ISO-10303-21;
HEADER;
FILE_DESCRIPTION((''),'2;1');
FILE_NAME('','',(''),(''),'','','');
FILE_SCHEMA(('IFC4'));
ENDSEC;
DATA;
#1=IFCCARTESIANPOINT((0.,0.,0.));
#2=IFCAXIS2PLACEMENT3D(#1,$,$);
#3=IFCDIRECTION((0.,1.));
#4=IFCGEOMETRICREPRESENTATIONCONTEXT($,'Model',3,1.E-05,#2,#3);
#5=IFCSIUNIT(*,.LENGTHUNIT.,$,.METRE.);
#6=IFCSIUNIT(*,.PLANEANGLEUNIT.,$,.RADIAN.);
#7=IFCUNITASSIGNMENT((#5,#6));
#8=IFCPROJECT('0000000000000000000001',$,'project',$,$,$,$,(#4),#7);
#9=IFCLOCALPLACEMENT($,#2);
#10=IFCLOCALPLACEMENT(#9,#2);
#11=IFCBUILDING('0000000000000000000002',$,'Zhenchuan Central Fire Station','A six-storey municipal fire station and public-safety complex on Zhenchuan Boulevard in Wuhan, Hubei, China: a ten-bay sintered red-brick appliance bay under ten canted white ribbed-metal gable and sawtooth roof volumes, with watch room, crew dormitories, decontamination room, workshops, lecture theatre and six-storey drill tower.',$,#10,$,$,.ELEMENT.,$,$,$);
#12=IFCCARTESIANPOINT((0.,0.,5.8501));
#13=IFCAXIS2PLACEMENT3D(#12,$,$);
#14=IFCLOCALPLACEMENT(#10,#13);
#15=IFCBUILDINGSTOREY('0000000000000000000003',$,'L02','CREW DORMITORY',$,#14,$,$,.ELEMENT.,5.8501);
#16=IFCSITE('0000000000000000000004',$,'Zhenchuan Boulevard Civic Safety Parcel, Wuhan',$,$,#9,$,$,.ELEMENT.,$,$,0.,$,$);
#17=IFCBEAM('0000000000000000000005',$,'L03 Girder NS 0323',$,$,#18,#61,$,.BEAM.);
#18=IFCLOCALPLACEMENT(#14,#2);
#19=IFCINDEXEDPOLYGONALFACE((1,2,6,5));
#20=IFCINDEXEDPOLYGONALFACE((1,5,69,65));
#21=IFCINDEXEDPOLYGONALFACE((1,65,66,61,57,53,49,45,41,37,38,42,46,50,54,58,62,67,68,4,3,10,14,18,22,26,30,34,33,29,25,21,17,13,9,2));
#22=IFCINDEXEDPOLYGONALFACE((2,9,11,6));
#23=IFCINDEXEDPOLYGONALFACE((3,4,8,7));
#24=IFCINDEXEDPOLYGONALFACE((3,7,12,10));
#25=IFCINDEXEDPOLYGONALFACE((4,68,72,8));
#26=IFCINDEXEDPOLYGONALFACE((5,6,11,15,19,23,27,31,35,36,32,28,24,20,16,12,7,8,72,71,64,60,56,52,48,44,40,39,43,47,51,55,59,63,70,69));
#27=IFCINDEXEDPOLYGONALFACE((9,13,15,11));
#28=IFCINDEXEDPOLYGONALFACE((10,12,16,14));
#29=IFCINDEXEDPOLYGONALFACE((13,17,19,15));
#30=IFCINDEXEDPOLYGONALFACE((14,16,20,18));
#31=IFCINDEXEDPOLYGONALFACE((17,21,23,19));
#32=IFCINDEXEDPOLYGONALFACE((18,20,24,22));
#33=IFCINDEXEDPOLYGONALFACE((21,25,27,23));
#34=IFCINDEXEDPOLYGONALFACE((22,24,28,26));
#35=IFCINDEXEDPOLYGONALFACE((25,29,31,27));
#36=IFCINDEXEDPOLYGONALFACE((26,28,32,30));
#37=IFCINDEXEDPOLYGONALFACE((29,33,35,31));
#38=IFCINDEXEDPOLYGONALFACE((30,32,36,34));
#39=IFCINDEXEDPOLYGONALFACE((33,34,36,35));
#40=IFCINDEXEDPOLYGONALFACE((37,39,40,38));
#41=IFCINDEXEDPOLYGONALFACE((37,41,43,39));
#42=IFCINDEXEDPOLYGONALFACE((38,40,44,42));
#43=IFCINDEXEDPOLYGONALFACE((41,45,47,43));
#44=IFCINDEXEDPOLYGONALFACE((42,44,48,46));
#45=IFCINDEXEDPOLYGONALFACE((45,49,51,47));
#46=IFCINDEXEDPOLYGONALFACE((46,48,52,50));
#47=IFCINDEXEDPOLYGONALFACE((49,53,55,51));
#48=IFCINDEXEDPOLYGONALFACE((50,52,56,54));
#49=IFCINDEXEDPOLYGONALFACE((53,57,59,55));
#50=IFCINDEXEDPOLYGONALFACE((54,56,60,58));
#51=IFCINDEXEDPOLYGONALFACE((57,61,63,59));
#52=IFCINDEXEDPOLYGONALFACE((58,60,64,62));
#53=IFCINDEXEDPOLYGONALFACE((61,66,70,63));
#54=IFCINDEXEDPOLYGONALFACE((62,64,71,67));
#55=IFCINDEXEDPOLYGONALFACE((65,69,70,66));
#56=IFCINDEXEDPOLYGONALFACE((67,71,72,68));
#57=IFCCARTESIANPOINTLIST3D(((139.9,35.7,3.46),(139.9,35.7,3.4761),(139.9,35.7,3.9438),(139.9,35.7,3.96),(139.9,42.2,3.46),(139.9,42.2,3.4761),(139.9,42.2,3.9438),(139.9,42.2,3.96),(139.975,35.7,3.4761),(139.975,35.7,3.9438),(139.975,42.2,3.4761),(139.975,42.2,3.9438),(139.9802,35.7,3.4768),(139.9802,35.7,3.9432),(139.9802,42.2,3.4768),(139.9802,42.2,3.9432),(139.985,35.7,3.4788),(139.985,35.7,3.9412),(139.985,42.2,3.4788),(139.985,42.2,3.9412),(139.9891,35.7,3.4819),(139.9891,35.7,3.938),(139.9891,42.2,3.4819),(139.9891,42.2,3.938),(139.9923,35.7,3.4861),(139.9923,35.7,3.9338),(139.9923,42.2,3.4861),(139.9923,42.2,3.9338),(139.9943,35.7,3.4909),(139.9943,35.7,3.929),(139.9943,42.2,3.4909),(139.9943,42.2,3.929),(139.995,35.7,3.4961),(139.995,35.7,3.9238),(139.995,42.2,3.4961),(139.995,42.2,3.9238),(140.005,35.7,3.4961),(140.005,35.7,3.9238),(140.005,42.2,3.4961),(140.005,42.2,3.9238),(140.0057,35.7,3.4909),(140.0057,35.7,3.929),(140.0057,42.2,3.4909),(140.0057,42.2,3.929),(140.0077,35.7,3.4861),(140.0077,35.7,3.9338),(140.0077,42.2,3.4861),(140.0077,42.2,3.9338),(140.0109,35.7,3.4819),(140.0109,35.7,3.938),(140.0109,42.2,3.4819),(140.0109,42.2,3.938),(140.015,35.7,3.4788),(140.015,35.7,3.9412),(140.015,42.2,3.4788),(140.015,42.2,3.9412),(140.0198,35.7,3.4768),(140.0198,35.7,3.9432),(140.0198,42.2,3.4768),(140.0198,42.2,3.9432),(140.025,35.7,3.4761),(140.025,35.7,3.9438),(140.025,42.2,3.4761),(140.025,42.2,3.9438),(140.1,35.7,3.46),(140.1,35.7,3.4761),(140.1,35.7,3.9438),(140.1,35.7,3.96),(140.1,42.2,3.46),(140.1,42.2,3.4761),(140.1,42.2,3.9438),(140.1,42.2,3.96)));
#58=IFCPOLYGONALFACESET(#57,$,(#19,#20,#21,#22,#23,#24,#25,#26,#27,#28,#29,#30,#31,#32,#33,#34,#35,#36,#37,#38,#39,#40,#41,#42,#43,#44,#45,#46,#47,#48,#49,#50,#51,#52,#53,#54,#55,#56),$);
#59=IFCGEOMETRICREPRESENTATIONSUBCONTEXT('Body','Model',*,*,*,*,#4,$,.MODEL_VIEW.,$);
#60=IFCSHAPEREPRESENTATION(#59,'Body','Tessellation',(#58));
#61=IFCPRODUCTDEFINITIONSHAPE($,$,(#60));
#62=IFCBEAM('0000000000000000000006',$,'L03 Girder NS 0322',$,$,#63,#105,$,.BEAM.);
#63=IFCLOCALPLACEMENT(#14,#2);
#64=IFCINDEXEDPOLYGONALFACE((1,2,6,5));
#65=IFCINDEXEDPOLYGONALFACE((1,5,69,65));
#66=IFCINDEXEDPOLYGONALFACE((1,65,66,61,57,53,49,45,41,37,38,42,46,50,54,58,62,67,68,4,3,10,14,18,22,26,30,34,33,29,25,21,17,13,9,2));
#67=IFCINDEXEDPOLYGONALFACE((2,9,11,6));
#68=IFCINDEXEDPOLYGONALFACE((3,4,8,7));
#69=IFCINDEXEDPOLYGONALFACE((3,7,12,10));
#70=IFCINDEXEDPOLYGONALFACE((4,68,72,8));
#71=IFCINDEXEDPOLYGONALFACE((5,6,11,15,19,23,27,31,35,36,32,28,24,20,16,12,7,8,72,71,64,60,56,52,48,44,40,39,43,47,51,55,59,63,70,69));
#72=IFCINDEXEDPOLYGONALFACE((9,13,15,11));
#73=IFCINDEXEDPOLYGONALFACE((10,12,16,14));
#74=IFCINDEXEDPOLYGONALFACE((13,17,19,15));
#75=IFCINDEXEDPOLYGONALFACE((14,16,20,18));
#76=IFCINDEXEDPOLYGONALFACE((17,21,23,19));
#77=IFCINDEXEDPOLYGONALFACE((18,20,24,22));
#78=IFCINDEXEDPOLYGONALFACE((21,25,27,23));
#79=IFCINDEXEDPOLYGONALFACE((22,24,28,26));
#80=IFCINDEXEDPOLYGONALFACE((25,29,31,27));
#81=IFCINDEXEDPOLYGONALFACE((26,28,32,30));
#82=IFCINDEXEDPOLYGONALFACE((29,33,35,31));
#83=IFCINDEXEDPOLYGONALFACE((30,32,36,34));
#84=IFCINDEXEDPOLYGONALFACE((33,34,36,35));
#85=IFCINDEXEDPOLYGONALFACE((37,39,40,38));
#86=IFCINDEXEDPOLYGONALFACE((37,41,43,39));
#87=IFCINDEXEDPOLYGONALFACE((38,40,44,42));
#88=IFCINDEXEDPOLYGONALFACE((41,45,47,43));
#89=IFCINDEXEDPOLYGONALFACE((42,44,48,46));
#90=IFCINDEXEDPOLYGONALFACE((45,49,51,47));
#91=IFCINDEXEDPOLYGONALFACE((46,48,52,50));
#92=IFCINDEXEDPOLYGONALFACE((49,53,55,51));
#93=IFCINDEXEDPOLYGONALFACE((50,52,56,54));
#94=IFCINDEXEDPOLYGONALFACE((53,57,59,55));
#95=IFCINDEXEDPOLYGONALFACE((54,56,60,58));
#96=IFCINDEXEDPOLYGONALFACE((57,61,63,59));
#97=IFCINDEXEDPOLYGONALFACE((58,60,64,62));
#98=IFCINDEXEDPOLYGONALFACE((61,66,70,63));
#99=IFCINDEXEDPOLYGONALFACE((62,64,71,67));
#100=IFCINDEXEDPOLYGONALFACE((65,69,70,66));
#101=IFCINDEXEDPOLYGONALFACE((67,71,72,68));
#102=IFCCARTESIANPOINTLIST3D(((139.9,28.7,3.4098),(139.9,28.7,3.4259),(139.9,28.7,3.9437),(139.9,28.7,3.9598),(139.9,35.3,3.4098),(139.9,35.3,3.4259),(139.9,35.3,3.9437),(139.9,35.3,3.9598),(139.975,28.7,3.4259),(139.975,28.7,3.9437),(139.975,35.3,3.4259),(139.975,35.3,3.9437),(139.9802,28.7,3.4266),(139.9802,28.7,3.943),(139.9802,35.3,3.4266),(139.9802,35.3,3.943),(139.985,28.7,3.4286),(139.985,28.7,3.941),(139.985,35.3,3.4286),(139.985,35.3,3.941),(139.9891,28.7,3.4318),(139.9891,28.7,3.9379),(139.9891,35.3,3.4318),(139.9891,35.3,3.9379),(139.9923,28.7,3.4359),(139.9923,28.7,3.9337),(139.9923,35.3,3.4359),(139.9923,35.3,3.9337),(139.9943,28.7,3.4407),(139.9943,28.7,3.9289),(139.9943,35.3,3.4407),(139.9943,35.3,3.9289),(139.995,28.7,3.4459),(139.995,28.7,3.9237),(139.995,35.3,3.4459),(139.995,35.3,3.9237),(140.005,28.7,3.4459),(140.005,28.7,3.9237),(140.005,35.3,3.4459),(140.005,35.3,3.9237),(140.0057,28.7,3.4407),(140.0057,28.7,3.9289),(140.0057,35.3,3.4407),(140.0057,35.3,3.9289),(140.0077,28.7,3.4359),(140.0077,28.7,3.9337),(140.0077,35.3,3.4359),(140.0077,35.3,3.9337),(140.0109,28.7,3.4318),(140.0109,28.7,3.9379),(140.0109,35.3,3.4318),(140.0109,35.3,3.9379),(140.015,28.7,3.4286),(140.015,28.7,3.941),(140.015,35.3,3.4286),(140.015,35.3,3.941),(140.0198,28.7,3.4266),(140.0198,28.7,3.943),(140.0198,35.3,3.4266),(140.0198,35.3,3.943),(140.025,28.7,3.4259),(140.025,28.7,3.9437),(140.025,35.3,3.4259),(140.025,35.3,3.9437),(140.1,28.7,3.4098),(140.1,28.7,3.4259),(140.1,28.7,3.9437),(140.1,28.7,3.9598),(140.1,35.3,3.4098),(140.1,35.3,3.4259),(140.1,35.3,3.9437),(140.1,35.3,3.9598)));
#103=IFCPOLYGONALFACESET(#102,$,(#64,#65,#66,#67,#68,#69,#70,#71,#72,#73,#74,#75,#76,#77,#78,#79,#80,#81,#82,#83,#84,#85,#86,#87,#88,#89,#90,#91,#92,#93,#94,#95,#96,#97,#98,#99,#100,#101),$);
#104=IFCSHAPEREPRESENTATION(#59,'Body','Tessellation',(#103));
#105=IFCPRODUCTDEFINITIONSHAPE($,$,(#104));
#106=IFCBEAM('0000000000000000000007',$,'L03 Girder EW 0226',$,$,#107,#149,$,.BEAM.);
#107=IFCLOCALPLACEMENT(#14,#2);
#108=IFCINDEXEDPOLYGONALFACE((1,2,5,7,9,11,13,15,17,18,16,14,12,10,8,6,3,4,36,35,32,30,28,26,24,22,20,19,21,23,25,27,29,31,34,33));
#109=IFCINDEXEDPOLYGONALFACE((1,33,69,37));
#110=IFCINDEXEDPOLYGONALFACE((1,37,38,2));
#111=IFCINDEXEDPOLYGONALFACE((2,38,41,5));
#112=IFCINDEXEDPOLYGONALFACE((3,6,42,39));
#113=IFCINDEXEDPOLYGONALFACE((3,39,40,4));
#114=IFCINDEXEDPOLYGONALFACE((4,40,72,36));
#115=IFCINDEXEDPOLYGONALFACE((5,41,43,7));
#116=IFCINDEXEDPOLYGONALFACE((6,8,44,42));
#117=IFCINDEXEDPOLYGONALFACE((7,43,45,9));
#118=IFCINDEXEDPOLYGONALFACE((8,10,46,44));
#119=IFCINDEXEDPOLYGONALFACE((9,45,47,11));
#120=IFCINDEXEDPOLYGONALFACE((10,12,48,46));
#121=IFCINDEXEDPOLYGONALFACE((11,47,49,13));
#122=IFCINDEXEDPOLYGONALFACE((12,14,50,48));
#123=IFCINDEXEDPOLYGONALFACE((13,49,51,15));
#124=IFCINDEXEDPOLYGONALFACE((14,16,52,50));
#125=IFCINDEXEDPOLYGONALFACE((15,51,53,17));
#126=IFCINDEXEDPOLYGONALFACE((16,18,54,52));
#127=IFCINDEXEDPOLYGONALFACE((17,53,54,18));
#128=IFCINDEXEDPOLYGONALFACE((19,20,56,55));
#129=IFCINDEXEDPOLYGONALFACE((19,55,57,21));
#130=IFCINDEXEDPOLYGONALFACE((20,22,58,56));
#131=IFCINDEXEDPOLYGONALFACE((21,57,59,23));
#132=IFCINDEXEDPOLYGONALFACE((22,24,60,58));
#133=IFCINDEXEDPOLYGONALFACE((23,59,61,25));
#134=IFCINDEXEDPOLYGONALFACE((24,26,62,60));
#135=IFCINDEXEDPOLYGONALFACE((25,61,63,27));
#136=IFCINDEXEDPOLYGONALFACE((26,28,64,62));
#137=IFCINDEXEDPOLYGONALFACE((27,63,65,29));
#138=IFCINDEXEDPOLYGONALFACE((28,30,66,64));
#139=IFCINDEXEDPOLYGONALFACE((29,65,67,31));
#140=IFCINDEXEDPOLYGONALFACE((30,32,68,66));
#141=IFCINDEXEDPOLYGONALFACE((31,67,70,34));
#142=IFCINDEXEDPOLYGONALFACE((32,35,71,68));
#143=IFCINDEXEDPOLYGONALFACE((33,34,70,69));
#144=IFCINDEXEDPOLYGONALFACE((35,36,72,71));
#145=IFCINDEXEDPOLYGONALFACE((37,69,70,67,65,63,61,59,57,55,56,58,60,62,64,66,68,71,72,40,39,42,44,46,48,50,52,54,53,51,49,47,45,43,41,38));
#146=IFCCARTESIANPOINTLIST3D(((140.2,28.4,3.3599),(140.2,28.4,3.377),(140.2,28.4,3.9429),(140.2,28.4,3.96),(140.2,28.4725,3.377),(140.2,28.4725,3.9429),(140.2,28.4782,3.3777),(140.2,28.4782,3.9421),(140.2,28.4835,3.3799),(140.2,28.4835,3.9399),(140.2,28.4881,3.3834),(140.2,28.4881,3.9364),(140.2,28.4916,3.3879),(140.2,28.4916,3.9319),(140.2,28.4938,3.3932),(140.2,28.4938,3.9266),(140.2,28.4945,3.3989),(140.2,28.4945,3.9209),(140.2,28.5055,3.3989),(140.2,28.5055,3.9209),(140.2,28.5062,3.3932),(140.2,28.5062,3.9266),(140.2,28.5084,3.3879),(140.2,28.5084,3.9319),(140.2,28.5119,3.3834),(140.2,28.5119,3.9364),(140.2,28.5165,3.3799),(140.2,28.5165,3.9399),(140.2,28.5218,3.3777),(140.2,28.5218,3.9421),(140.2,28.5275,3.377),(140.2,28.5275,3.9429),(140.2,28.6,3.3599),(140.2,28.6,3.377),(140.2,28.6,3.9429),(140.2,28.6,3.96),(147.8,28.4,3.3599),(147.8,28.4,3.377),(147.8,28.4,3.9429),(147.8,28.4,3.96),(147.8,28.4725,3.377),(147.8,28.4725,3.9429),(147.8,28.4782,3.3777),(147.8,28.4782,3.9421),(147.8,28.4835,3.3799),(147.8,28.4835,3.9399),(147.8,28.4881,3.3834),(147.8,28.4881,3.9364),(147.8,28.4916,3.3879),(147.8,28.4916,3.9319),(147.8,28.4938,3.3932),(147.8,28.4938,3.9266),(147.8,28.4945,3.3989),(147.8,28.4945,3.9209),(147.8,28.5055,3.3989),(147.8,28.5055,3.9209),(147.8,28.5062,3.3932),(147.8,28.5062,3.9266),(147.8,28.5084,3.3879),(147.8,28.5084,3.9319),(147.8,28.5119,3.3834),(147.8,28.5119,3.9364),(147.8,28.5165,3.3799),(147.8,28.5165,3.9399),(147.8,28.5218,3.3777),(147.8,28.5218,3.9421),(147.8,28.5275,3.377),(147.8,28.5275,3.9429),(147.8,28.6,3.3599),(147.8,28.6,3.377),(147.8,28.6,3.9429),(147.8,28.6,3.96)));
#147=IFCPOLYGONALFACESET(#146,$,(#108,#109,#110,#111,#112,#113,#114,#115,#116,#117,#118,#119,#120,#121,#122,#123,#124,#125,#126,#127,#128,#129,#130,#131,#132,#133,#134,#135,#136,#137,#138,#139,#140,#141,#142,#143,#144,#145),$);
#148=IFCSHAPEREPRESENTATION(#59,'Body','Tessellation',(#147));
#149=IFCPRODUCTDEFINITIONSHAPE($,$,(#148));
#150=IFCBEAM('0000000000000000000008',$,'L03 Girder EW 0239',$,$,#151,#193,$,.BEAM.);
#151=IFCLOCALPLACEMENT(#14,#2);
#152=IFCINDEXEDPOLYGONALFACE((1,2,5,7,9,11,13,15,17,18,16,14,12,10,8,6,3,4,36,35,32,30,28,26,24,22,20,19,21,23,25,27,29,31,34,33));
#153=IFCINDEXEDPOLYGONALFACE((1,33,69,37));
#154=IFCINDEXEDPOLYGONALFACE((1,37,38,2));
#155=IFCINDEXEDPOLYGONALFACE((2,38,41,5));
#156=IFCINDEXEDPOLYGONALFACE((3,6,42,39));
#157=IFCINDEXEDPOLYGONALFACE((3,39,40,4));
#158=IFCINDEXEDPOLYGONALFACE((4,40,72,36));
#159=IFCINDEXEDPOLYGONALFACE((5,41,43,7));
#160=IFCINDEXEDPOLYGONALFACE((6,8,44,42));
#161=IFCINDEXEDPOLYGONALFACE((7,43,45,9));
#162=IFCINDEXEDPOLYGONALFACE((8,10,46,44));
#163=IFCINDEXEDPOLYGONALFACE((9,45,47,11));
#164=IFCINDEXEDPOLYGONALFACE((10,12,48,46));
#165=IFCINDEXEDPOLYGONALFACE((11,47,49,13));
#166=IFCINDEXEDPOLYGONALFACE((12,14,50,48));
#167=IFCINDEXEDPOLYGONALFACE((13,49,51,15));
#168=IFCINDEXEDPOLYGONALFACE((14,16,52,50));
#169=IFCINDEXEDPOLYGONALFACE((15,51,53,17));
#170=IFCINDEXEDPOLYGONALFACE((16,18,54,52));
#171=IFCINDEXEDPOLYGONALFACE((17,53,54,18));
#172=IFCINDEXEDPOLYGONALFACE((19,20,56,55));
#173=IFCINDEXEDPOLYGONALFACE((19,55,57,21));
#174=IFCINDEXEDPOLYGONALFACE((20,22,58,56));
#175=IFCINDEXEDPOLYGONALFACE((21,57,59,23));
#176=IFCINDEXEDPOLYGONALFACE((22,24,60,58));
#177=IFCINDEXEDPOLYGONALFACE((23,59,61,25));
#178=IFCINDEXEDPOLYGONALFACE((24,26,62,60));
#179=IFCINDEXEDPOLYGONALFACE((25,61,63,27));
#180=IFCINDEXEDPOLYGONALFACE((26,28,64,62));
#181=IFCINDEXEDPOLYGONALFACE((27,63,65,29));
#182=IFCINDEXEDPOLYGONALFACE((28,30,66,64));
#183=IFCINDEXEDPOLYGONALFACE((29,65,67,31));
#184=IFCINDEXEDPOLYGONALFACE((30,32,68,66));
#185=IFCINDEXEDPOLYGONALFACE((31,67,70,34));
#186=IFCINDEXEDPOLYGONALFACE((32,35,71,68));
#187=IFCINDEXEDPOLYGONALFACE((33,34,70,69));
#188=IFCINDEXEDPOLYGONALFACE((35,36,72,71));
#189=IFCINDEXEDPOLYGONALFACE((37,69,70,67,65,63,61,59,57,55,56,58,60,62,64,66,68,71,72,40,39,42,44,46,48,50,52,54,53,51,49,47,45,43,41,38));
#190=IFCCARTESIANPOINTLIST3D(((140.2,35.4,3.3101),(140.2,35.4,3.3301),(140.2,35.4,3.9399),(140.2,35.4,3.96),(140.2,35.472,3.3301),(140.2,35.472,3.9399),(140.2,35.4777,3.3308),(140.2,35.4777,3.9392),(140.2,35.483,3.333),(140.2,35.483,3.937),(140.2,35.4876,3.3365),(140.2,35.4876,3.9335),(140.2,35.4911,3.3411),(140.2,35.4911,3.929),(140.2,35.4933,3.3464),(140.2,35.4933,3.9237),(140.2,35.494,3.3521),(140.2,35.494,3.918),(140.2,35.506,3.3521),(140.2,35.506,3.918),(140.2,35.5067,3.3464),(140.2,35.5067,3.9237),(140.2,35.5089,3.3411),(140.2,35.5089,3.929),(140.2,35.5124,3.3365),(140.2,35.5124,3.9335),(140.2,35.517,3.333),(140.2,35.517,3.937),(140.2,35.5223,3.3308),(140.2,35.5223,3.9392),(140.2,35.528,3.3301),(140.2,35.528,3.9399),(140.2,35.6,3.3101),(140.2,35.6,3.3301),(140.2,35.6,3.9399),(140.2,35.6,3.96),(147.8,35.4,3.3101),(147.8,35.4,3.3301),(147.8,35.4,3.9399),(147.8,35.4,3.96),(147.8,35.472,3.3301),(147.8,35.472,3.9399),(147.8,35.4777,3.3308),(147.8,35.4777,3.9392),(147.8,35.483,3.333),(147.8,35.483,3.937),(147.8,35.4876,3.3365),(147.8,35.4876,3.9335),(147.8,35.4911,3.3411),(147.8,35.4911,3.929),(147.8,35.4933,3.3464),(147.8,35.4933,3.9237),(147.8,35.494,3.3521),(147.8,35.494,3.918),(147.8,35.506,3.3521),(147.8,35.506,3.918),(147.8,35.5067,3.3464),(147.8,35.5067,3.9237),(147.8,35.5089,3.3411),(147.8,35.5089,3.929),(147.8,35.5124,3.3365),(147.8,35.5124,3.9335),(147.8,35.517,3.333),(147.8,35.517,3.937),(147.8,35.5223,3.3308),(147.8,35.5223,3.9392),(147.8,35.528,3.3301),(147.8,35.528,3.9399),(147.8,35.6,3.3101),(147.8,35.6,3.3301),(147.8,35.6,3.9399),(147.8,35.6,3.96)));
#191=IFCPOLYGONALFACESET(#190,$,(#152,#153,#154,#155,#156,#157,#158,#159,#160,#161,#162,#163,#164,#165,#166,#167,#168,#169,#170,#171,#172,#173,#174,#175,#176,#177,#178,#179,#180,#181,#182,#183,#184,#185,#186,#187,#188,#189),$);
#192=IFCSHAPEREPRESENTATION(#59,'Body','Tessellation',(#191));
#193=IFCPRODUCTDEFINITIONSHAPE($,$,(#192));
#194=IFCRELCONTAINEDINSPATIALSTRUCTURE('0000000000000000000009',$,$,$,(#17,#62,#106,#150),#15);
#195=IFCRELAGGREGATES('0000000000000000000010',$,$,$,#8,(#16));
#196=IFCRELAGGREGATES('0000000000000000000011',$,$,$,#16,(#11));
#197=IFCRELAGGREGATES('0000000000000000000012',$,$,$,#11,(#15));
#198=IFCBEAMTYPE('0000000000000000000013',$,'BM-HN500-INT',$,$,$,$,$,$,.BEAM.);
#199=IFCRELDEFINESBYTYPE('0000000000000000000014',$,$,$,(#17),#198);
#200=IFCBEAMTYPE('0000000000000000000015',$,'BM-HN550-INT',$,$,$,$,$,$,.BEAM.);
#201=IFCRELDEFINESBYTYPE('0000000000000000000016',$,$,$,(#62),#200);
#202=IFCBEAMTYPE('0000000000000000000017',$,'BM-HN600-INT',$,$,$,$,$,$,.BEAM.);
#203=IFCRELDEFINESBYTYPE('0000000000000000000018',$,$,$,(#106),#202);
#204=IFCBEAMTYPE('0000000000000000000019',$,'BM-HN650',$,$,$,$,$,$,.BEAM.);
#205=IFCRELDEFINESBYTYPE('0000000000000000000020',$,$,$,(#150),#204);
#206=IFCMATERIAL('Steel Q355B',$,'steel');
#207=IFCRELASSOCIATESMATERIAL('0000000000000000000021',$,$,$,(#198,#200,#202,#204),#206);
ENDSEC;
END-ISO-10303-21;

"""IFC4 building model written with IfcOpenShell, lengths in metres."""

from ifc_helpers import new_model, si_unit, direction, frame, origin, origin_2d, place, context, subcontext, project, spatial, i_section, extrude, material, material_profile, profile_set, type_object, element, save


model = new_model("IFC4")

# Units and contexts
model_context = context("Model", 3, precision=1e-05, world=origin(), true_north=direction((0.0, 1.0)))
body_context = subcontext(model_context, "Body", "Model", "MODEL_VIEW")
ifc_project = project(units=[si_unit("LENGTHUNIT", "METRE"), si_unit("PLANEANGLEUNIT", "RADIAN")], contexts=[model_context])

# Site, building, storey
site_placement = place(None, origin())
site = spatial("IfcSite", under=ifc_project, at=site_placement, Name="Zhenchuan Boulevard Civic Safety Parcel, Wuhan", CompositionType="ELEMENT", RefElevation=0.0)
building_placement = place(site_placement, origin())
building = spatial("IfcBuilding", under=site, at=building_placement, Name="Zhenchuan Central Fire Station", Description="A six-storey municipal fire station and public-safety complex on Zhenchuan Boulevard in Wuhan, Hubei, China: a ten-bay sintered red-brick appliance bay under ten canted white ribbed-metal gable and sawtooth roof volumes, with watch room, crew dormitories, decontamination room, workshops, lecture theatre and six-storey drill tower.", CompositionType="ELEMENT")
storey_placement = place(building_placement, frame((0.0, 0.0, 5.8501)))
storey = spatial("IfcBuildingStorey", under=building, at=storey_placement, Name="L02", Description="CREW DORMITORY", CompositionType="ELEMENT", Elevation=5.8501)

# Shared definitions
ifc_material_1 = material(Name="Steel Q355B", Category="steel")

# Beams
ifc_material_profile_1 = material_profile(ifc_material_1, i_section(OverallWidth=0.2, OverallDepth=0.5, WebThickness=0.01, FlangeThickness=0.0161, FilletRadius=0.02, at=origin_2d()), Name="HN 500x200")
ifc_profile_set_1 = profile_set([ifc_material_profile_1], Name="Steel Q355B")
beam_type_1 = type_object("IfcBeamType", Name="BM-HN500-INT", PredefinedType="BEAM", material=ifc_profile_set_1)
beam_1_placement = place(storey_placement, frame((140.0, 35.7, 3.71), z_axis=(0.0, 1.0, 0.0), x_axis=(-1.0, 0.0, 0.0)))
element("IfcBeam", 1, at=beam_1_placement, inside=storey, type_object=beam_type_1, Name="L03 Girder NS 0323", PredefinedType="BEAM", context=body_context, shape_type="SweptSolid", body=[
    extrude(i_section(OverallWidth=0.2, OverallDepth=0.5, WebThickness=0.01, FlangeThickness=0.0161, FilletRadius=0.02, at=origin_2d()), origin(), (0.0, 0.0, 1.0), 6.5),
])
ifc_material_profile_2 = material_profile(ifc_material_1, i_section(OverallWidth=0.2, OverallDepth=0.55, WebThickness=0.01, FlangeThickness=0.0161, FilletRadius=0.02, at=origin_2d()), Name="HN 550x200")
ifc_profile_set_2 = profile_set([ifc_material_profile_2], Name="Steel Q355B")
beam_type_2 = type_object("IfcBeamType", Name="BM-HN550-INT", PredefinedType="BEAM", material=ifc_profile_set_2)
beam_2_placement = place(storey_placement, frame((140.0, 28.7, 3.6848), z_axis=(0.0, 1.0, 0.0), x_axis=(-1.0, 0.0, 0.0)))
element("IfcBeam", 2, at=beam_2_placement, inside=storey, type_object=beam_type_2, Name="L03 Girder NS 0322", PredefinedType="BEAM", context=body_context, shape_type="SweptSolid", body=[
    extrude(i_section(OverallWidth=0.2, OverallDepth=0.55, WebThickness=0.01, FlangeThickness=0.0161, FilletRadius=0.02, at=origin_2d()), origin(), (0.0, 0.0, 1.0), 6.6001),
])
ifc_material_profile_3 = material_profile(ifc_material_1, i_section(OverallWidth=0.2, OverallDepth=0.6001, WebThickness=0.011, FlangeThickness=0.0171, FilletRadius=0.022, at=origin_2d()), Name="HN 600x200")
ifc_profile_set_3 = profile_set([ifc_material_profile_3], Name="Steel Q355B")
beam_type_3 = type_object("IfcBeamType", Name="BM-HN600-INT", PredefinedType="BEAM", material=ifc_profile_set_3)
beam_3_placement = place(storey_placement, frame((140.2, 28.5, 3.6599), z_axis=(1.0, 0.0, 0.0), x_axis=(0.0, 1.0, 0.0)))
element("IfcBeam", 3, at=beam_3_placement, inside=storey, type_object=beam_type_3, Name="L03 Girder EW 0226", PredefinedType="BEAM", context=body_context, shape_type="SweptSolid", body=[
    extrude(i_section(OverallWidth=0.2, OverallDepth=0.6001, WebThickness=0.011, FlangeThickness=0.0171, FilletRadius=0.022, at=origin_2d()), origin(), (0.0, 0.0, 1.0), 7.6001),
])
ifc_material_profile_4 = material_profile(ifc_material_1, i_section(OverallWidth=0.2, OverallDepth=0.6499, WebThickness=0.012, FlangeThickness=0.02, FilletRadius=0.022, at=origin_2d()), Name="HN 650x200")
ifc_profile_set_4 = profile_set([ifc_material_profile_4], Name="Steel Q355B")
beam_type_4 = type_object("IfcBeamType", Name="BM-HN650", PredefinedType="BEAM", material=ifc_profile_set_4)
beam_4_placement = place(storey_placement, frame((140.2, 35.5, 3.635), z_axis=(1.0, 0.0, 0.0), x_axis=(0.0, 1.0, 0.0)))
element("IfcBeam", 4, at=beam_4_placement, inside=storey, type_object=beam_type_4, Name="L03 Girder EW 0239", PredefinedType="BEAM", context=body_context, shape_type="SweptSolid", body=[
    extrude(i_section(OverallWidth=0.2, OverallDepth=0.6499, WebThickness=0.012, FlangeThickness=0.02, FilletRadius=0.022, at=origin_2d()), origin(), (0.0, 0.0, 1.0), 7.6001),
])

save(model, "model.ifc")
